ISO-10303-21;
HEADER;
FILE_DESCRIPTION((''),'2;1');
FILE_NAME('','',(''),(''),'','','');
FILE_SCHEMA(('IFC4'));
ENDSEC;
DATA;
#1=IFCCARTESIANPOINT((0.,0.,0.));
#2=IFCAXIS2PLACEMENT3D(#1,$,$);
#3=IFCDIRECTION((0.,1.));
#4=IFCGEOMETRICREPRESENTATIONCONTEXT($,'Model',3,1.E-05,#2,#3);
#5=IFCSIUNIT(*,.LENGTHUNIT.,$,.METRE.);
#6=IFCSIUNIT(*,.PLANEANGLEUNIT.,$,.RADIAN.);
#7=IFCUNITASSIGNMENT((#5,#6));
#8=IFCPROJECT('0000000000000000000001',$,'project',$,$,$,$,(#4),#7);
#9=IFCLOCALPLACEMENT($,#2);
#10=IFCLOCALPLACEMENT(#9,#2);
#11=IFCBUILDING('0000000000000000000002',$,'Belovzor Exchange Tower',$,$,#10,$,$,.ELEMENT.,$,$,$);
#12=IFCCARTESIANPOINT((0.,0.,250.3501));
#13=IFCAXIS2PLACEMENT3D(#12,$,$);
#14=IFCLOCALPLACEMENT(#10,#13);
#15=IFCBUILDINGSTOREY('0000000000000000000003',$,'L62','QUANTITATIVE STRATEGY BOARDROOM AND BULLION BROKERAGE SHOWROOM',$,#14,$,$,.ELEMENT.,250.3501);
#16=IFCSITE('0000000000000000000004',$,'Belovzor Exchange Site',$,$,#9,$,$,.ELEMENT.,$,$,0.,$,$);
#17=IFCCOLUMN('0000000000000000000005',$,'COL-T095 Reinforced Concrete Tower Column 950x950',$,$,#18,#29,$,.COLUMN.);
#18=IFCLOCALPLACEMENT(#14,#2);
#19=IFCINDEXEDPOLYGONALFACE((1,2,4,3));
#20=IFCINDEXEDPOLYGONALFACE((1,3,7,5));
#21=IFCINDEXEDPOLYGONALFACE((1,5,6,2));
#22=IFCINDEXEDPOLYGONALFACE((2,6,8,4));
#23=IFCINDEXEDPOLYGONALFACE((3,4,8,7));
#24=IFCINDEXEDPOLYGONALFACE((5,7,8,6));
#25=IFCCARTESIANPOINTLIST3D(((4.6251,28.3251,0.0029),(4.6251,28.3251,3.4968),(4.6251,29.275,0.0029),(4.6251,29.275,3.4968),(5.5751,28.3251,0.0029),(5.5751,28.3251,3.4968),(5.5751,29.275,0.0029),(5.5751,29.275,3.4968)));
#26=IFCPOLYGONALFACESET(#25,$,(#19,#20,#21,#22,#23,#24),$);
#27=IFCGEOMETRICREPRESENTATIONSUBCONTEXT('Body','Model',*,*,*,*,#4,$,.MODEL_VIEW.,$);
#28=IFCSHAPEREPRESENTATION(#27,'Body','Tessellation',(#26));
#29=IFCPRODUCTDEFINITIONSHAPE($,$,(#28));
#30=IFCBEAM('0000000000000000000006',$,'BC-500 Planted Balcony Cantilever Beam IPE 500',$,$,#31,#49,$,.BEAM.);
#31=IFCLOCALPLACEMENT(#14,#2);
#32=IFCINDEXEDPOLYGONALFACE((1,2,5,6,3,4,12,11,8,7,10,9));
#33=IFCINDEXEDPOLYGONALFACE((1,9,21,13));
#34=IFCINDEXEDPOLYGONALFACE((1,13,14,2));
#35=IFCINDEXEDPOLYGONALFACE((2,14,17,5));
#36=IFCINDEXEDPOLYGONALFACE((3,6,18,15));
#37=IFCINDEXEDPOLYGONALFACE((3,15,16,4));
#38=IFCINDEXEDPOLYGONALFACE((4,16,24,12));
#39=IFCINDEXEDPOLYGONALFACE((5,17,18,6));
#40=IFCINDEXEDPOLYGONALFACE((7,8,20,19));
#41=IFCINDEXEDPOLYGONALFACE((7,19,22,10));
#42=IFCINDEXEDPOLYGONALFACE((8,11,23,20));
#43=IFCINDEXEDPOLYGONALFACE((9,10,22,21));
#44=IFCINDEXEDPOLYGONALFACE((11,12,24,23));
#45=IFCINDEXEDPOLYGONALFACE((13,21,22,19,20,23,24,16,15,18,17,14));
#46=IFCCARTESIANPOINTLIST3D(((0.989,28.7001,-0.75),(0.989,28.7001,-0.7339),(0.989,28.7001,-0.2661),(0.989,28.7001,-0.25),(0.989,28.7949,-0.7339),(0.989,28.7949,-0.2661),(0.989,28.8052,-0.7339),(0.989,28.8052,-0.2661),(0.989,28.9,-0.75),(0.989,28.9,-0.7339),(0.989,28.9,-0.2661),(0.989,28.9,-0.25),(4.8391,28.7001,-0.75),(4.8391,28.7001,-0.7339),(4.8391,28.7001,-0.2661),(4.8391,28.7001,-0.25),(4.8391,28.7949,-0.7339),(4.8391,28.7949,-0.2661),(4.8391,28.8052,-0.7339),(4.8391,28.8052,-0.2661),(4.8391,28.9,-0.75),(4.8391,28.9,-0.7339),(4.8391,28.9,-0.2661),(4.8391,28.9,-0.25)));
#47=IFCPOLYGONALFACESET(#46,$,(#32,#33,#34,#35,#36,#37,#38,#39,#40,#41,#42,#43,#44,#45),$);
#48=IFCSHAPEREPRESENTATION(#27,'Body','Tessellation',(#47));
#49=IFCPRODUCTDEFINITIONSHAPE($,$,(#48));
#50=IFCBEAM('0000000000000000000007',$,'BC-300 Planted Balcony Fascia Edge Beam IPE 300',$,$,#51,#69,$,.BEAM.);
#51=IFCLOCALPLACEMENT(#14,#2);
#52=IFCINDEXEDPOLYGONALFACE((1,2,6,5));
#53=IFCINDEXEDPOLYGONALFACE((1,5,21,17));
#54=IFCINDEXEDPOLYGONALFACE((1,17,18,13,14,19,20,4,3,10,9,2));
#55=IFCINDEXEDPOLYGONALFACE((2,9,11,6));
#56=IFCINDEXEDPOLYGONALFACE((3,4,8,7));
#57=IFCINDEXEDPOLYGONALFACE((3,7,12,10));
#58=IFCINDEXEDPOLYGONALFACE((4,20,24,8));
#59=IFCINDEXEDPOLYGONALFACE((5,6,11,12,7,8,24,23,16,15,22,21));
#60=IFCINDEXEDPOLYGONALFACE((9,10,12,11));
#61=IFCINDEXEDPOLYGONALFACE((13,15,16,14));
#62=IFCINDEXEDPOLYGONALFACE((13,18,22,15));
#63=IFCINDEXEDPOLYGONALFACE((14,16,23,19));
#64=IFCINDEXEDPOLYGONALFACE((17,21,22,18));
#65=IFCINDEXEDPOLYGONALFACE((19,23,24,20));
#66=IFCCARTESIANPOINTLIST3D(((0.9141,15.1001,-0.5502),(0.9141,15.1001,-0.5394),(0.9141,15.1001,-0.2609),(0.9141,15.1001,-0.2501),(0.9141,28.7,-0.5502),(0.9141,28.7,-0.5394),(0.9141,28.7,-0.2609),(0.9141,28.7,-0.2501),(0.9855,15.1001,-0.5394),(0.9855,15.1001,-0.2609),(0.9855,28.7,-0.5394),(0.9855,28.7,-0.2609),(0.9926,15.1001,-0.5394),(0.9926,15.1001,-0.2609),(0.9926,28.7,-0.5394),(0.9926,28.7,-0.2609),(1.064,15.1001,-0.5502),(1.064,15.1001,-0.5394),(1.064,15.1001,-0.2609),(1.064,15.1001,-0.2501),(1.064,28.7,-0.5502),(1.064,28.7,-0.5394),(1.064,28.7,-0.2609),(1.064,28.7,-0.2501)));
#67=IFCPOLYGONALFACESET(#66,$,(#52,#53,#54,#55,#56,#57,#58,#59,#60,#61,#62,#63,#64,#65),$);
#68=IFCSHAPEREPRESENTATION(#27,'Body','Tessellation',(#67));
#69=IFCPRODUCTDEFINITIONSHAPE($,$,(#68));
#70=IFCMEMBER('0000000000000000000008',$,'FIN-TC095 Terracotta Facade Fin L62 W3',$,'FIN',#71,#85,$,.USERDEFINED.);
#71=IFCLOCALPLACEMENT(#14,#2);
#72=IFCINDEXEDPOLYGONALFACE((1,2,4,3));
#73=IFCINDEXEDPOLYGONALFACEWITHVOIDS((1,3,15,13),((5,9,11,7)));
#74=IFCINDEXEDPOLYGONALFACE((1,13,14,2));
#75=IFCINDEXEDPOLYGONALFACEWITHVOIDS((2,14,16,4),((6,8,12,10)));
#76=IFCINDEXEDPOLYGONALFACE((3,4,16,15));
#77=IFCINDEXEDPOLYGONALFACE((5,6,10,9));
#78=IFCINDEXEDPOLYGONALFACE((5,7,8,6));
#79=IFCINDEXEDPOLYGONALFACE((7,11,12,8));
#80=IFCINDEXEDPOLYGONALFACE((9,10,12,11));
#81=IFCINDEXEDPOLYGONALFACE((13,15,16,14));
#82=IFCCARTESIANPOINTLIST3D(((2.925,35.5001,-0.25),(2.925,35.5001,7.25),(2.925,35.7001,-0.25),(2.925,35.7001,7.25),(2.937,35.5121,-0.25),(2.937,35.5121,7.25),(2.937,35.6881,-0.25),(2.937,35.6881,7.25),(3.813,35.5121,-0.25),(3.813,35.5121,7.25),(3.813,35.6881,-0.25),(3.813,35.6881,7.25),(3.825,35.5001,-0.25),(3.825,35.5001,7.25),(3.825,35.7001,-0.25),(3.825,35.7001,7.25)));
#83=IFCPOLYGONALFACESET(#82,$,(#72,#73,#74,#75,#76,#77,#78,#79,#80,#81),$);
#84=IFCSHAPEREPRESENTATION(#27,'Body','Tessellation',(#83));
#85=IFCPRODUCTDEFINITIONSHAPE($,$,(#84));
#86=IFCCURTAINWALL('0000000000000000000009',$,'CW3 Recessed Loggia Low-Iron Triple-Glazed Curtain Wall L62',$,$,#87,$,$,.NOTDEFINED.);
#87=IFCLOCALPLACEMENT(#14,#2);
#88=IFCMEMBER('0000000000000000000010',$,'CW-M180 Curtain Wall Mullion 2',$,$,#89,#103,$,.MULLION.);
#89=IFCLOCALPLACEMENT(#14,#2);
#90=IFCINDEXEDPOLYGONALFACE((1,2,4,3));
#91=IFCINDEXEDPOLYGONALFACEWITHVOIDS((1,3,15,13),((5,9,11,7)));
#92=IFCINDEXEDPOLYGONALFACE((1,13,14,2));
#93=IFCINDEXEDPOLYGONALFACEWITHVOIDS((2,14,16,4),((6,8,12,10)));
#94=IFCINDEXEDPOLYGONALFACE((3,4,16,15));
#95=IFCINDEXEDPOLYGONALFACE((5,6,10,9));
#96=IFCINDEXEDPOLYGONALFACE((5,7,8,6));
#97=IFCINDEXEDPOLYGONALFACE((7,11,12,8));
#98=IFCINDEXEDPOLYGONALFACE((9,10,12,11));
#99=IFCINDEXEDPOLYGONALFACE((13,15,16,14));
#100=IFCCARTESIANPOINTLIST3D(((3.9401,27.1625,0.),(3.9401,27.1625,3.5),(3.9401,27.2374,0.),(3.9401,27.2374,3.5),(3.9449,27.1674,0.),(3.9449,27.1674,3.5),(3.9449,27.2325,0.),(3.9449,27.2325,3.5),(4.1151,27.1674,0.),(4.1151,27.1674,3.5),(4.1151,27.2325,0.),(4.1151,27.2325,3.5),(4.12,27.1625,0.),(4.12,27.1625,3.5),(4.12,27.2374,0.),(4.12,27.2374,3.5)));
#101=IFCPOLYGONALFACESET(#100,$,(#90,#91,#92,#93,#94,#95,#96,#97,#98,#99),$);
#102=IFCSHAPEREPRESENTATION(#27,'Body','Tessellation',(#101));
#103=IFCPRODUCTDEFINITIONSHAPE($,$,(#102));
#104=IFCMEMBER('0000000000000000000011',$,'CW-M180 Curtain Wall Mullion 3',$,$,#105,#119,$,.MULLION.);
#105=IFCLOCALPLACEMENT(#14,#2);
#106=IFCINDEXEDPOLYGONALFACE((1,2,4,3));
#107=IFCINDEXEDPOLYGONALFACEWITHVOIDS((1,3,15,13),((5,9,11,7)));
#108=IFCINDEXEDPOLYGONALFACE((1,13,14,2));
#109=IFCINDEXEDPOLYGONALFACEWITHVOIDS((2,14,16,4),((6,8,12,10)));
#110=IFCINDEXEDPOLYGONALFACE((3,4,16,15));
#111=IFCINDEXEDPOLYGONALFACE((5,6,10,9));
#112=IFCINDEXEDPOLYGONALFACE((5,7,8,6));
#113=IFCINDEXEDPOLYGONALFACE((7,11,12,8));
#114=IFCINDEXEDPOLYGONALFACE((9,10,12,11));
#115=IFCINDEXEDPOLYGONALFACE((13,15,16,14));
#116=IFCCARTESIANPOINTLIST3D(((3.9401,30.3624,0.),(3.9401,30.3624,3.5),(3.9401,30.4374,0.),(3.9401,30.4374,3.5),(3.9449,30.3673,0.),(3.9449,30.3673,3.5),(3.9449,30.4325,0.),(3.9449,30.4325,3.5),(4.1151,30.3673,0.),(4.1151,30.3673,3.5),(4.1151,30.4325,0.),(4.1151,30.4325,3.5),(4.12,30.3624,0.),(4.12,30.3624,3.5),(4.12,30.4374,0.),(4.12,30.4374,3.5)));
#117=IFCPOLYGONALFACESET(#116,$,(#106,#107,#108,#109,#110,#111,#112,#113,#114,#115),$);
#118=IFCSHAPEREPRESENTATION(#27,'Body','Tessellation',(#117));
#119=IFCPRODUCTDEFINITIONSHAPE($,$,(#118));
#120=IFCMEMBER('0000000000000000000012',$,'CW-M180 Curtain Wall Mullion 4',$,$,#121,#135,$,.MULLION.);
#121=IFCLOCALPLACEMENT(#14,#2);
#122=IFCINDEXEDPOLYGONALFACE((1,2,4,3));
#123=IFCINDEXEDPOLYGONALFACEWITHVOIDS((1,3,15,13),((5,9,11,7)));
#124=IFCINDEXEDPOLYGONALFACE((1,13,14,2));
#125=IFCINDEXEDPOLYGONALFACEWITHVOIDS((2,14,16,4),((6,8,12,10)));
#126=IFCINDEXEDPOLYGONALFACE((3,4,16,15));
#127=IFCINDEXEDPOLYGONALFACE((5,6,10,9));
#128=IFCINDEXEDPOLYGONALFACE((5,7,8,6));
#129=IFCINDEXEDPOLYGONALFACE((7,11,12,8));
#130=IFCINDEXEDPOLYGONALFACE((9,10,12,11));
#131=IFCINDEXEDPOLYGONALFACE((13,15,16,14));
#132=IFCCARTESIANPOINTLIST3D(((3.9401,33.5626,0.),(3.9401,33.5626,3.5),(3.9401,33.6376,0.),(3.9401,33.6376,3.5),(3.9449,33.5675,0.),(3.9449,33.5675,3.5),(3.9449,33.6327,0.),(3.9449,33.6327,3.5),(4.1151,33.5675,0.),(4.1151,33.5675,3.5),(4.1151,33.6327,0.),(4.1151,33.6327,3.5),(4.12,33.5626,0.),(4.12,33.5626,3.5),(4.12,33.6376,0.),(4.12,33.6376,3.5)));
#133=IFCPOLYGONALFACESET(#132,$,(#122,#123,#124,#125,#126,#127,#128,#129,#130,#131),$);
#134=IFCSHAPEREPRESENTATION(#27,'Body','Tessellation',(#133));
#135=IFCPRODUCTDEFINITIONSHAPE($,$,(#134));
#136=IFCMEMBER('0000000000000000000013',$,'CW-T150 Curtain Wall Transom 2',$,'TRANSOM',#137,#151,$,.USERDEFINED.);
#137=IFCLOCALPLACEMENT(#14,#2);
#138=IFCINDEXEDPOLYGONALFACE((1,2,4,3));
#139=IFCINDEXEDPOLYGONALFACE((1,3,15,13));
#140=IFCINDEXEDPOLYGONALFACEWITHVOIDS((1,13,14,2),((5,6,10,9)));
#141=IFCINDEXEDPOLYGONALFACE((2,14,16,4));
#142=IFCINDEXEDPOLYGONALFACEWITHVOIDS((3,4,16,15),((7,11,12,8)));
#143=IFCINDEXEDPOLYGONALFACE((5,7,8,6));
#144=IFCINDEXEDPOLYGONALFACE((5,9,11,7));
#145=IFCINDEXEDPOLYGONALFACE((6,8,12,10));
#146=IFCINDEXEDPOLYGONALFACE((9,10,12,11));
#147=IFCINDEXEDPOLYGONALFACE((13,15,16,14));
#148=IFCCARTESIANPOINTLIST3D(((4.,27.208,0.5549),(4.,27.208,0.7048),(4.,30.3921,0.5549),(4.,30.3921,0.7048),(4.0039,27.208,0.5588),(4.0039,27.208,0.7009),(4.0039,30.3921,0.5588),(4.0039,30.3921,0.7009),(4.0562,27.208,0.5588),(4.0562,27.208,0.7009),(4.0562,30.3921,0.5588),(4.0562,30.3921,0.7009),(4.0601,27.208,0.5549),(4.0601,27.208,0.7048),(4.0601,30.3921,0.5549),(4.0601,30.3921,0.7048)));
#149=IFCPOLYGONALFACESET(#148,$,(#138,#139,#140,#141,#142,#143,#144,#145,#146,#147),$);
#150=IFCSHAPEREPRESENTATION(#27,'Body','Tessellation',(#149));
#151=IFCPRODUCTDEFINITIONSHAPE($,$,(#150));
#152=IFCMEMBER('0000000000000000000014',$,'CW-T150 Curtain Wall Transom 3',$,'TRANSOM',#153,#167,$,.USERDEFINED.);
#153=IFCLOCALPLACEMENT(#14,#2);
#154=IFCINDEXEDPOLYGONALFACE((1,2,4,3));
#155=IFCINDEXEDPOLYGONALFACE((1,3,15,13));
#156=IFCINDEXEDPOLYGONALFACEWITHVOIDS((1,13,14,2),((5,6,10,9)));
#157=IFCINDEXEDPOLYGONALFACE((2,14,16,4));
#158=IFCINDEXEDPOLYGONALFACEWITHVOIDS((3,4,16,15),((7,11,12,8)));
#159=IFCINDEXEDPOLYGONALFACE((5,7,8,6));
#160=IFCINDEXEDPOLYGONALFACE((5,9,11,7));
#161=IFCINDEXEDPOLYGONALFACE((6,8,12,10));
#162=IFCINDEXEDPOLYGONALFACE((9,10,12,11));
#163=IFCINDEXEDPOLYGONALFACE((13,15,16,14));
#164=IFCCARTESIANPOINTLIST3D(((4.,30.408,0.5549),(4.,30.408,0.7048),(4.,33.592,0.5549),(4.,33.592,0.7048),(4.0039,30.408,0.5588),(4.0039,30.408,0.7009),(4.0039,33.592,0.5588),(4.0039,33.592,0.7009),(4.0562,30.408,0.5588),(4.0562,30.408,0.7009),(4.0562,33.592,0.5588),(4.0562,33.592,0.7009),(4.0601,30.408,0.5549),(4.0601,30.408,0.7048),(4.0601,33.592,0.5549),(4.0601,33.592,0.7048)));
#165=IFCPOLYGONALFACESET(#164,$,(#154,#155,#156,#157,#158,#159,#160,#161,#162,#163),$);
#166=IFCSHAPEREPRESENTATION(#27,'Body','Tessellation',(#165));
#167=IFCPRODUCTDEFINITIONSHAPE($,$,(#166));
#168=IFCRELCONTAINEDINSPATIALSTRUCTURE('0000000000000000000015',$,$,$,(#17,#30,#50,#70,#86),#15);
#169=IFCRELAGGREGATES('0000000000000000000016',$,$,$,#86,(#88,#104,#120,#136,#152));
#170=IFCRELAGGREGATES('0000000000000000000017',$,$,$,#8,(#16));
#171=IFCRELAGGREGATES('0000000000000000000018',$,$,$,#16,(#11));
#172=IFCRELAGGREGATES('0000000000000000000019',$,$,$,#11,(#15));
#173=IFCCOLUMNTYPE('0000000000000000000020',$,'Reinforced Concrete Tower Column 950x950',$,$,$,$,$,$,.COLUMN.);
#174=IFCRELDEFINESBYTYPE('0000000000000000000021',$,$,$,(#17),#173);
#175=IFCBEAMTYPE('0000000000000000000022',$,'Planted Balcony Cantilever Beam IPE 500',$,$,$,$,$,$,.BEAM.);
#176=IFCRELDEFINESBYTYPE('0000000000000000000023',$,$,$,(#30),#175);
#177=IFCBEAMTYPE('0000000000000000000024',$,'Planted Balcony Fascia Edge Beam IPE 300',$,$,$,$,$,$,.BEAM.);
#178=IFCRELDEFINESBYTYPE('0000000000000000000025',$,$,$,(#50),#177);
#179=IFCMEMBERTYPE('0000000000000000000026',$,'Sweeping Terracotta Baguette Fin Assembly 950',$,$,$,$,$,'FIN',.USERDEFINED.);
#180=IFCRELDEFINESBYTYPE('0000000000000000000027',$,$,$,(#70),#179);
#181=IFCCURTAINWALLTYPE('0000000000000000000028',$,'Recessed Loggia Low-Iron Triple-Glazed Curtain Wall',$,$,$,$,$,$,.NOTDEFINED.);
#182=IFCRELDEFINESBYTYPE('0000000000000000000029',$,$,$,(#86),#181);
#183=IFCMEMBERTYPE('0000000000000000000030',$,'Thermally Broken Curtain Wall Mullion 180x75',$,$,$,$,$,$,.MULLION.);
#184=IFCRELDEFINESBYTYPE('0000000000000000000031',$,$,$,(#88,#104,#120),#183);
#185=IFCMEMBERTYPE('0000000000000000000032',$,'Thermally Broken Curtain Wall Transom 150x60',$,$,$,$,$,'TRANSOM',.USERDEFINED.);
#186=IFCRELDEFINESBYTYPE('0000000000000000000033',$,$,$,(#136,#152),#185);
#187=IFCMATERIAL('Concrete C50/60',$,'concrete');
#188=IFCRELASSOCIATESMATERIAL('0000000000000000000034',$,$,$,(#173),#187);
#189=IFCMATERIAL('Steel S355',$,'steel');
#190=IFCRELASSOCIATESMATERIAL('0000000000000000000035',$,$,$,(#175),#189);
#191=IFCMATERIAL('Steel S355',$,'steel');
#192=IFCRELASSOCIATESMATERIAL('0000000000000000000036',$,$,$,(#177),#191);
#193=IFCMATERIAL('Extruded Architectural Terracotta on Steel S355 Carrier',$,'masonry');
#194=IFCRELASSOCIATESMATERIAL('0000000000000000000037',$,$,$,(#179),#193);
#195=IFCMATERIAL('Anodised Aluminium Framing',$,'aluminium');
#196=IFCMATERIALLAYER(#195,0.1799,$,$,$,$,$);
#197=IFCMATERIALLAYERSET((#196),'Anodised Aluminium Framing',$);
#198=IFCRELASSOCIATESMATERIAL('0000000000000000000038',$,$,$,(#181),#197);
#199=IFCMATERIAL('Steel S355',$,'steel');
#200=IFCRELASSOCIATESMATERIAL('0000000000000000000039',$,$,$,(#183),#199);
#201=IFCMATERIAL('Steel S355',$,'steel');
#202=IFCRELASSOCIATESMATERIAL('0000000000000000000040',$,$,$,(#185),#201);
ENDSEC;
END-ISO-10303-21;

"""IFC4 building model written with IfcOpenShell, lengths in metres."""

from ifc_helpers import new_model, si_unit, direction, frame, origin, origin_2d, place, context, subcontext, project, spatial, rectangle, hollow_rectangle, i_section, extrude, material, layer, layer_set, material_profile, profile_set, type_object, element, aggregate, save


model = new_model("IFC4")

# Units and contexts
model_context = context("Model", 3, precision=1e-05, world=origin(), true_north=direction((0.0, 1.0)))
body_context = subcontext(model_context, "Body", "Model", "MODEL_VIEW")
ifc_project = project(units=[si_unit("LENGTHUNIT", "METRE"), si_unit("PLANEANGLEUNIT", "RADIAN")], contexts=[model_context])

# Site, building, storey
site_placement = place(None, origin())
site = spatial("IfcSite", under=ifc_project, at=site_placement, Name="Belovzor Exchange Site", CompositionType="ELEMENT", RefElevation=0.0)
building_placement = place(site_placement, origin())
building = spatial("IfcBuilding", under=site, at=building_placement, Name="Belovzor Exchange Tower", CompositionType="ELEMENT")
storey_placement = place(building_placement, frame((0.0, 0.0, 250.3501)))
storey = spatial("IfcBuildingStorey", under=building, at=storey_placement, Name="L62", Description="QUANTITATIVE STRATEGY BOARDROOM AND BULLION BROKERAGE SHOWROOM", CompositionType="ELEMENT", Elevation=250.3501)

# Column
ifc_material_1 = material(Name="Concrete C50/60", Category="concrete")
ifc_material_profile_1 = material_profile(ifc_material_1, rectangle(XDim=0.95, YDim=0.95, at=origin_2d()))
ifc_profile_set_1 = profile_set([ifc_material_profile_1], Name="Concrete C50/60")
column_type = type_object("IfcColumnType", Name="Reinforced Concrete Tower Column 950x950", PredefinedType="COLUMN", material=ifc_profile_set_1)
column_placement = place(storey_placement, frame((5.1001, 28.8, 0.0029), z_axis=(0.0, 0.0, 1.0), x_axis=(1.0, 0.0, 0.0)))
element("IfcColumn", 1, at=column_placement, inside=storey, type_object=column_type, Name="COL-T095 Reinforced Concrete Tower Column 950x950", PredefinedType="COLUMN", context=body_context, shape_type="SweptSolid", body=[
    extrude(rectangle(XDim=0.95, YDim=0.95, at=origin_2d()), origin(), (0.0, 0.0, 1.0), 3.4939),
])

# Beams
ifc_material_2 = material(Name="Steel S355", Category="steel")
ifc_material_profile_2 = material_profile(ifc_material_2, i_section(OverallWidth=0.2, OverallDepth=0.5, WebThickness=0.0103, FlangeThickness=0.0161, at=origin_2d()))
ifc_profile_set_2 = profile_set([ifc_material_profile_2], Name="Steel S355")
beam_type_1 = type_object("IfcBeamType", Name="Planted Balcony Cantilever Beam IPE 500", PredefinedType="BEAM", material=ifc_profile_set_2)
beam_1_placement = place(storey_placement, frame((4.8391, 28.8, -0.5), z_axis=(-1.0, 0.0, 0.0), x_axis=(0.0, -1.0, 0.0)))
element("IfcBeam", 2, at=beam_1_placement, inside=storey, type_object=beam_type_1, Name="BC-500 Planted Balcony Cantilever Beam IPE 500", PredefinedType="BEAM", context=body_context, shape_type="SweptSolid", body=[
    extrude(i_section(OverallWidth=0.2, OverallDepth=0.5, WebThickness=0.0103, FlangeThickness=0.0161, at=origin_2d()), origin(), (0.0, 0.0, 1.0), 3.8501),
])
ifc_material_3 = material(Name="Steel S355", Category="steel")
ifc_material_profile_3 = material_profile(ifc_material_3, i_section(OverallWidth=0.1499, OverallDepth=0.3, WebThickness=0.0071, FlangeThickness=0.0107, at=origin_2d()))
ifc_profile_set_3 = profile_set([ifc_material_profile_3], Name="Steel S355")
beam_type_2 = type_object("IfcBeamType", Name="Planted Balcony Fascia Edge Beam IPE 300", PredefinedType="BEAM", material=ifc_profile_set_3)
beam_2_placement = place(storey_placement, frame((0.989, 28.7, -0.4001), z_axis=(0.0, -1.0, 0.0), x_axis=(1.0, 0.0, 0.0)))
element("IfcBeam", 3, at=beam_2_placement, inside=storey, type_object=beam_type_2, Name="BC-300 Planted Balcony Fascia Edge Beam IPE 300", PredefinedType="BEAM", context=body_context, shape_type="SweptSolid", body=[
    extrude(i_section(OverallWidth=0.1499, OverallDepth=0.3, WebThickness=0.0071, FlangeThickness=0.0107, at=origin_2d()), origin(), (0.0, 0.0, 1.0), 13.5999),
])

# Member
ifc_material_4 = material(Name="Extruded Architectural Terracotta on Steel S355 Carrier", Category="masonry")
ifc_material_profile_4 = material_profile(ifc_material_4, hollow_rectangle(XDim=0.2, YDim=0.8999, WallThickness=0.012, at=origin_2d()))
ifc_profile_set_4 = profile_set([ifc_material_profile_4], Name="Extruded Architectural Terracotta on Steel S355 Carrier")
member_type_1 = type_object("IfcMemberType", Name="Sweeping Terracotta Baguette Fin Assembly 950", ElementType="FIN", PredefinedType="USERDEFINED", material=ifc_profile_set_4)
member_1_placement = place(storey_placement, frame((3.375, 35.6001, -0.25), z_axis=(0.0, 0.0, 1.0), x_axis=(0.0, 1.0, 0.0)))
element("IfcMember", 4, at=member_1_placement, inside=storey, type_object=member_type_1, Name="FIN-TC095 Terracotta Facade Fin L62 W3", ObjectType="FIN", PredefinedType="USERDEFINED", context=body_context, shape_type="SweptSolid", body=[
    extrude(hollow_rectangle(XDim=0.2, YDim=0.8999, WallThickness=0.012, at=origin_2d()), origin(), (0.0, 0.0, 1.0), 7.5),
])

# Curtain wall, members
ifc_material_5 = material(Name="Anodised Aluminium Framing", Category="aluminium")
ifc_layer_1 = layer(ifc_material_5, 0.1799)
ifc_layer_set_1 = layer_set([ifc_layer_1], Name="Anodised Aluminium Framing")
curtain_wall_type = type_object("IfcCurtainWallType", Name="Recessed Loggia Low-Iron Triple-Glazed Curtain Wall", PredefinedType="NOTDEFINED", material=ifc_layer_set_1)
curtain_wall_placement = place(storey_placement, origin())
curtain_wall = element("IfcCurtainWall", 5, at=curtain_wall_placement, inside=storey, type_object=curtain_wall_type, Name="CW3 Recessed Loggia Low-Iron Triple-Glazed Curtain Wall L62", PredefinedType="NOTDEFINED")
ifc_material_6 = material(Name="Steel S355", Category="steel")
ifc_material_profile_5 = material_profile(ifc_material_6, hollow_rectangle(XDim=0.075, YDim=0.1799, WallThickness=0.0049, at=origin_2d()))
ifc_profile_set_5 = profile_set([ifc_material_profile_5], Name="Steel S355")
member_type_2 = type_object("IfcMemberType", Name="Thermally Broken Curtain Wall Mullion 180x75", PredefinedType="MULLION", material=ifc_profile_set_5)
member_2_placement = place(storey_placement, frame((4.03, 27.2, 0.0), z_axis=(0.0, 0.0, 1.0), x_axis=(0.0, 1.0, 0.0)))
member_2 = element("IfcMember", 6, at=member_2_placement, type_object=member_type_2, Name="CW-M180 Curtain Wall Mullion 2", PredefinedType="MULLION", context=body_context, shape_type="SweptSolid", body=[
    extrude(hollow_rectangle(XDim=0.075, YDim=0.1799, WallThickness=0.0049, at=origin_2d()), origin(), (0.0, 0.0, 1.0), 3.5),
])
member_3_placement = place(storey_placement, frame((4.03, 30.3999, 0.0), z_axis=(0.0, 0.0, 1.0), x_axis=(0.0, 1.0, 0.0)))
member_3 = element("IfcMember", 7, at=member_3_placement, type_object=member_type_2, Name="CW-M180 Curtain Wall Mullion 3", PredefinedType="MULLION", context=body_context, shape_type="SweptSolid", body=[
    extrude(hollow_rectangle(XDim=0.075, YDim=0.1799, WallThickness=0.0049, at=origin_2d()), origin(), (0.0, 0.0, 1.0), 3.5),
])
member_4_placement = place(storey_placement, frame((4.03, 33.6001, 0.0), z_axis=(0.0, 0.0, 1.0), x_axis=(0.0, 1.0, 0.0)))
member_4 = element("IfcMember", 8, at=member_4_placement, type_object=member_type_2, Name="CW-M180 Curtain Wall Mullion 4", PredefinedType="MULLION", context=body_context, shape_type="SweptSolid", body=[
    extrude(hollow_rectangle(XDim=0.075, YDim=0.1799, WallThickness=0.0049, at=origin_2d()), origin(), (0.0, 0.0, 1.0), 3.5),
])
ifc_material_7 = material(Name="Steel S355", Category="steel")
ifc_material_profile_6 = material_profile(ifc_material_7, hollow_rectangle(XDim=0.0601, YDim=0.1499, WallThickness=0.0039, at=origin_2d()))
ifc_profile_set_6 = profile_set([ifc_material_profile_6], Name="Steel S355")
member_type_3 = type_object("IfcMemberType", Name="Thermally Broken Curtain Wall Transom 150x60", ElementType="TRANSOM", PredefinedType="USERDEFINED", material=ifc_profile_set_6)
member_5_placement = place(storey_placement, frame((4.03, 27.208, 0.6299), z_axis=(0.0, 1.0, 0.0), x_axis=(-1.0, 0.0, 0.0)))
member_5 = element("IfcMember", 9, at=member_5_placement, type_object=member_type_3, Name="CW-T150 Curtain Wall Transom 2", ObjectType="TRANSOM", PredefinedType="USERDEFINED", context=body_context, shape_type="SweptSolid", body=[
    extrude(hollow_rectangle(XDim=0.0601, YDim=0.1499, WallThickness=0.0039, at=origin_2d()), origin(), (0.0, 0.0, 1.0), 3.1841),
])
member_6_placement = place(storey_placement, frame((4.03, 30.408, 0.6299), z_axis=(0.0, 1.0, 0.0), x_axis=(-1.0, 0.0, 0.0)))
member_6 = element("IfcMember", 10, at=member_6_placement, type_object=member_type_3, Name="CW-T150 Curtain Wall Transom 3", ObjectType="TRANSOM", PredefinedType="USERDEFINED", context=body_context, shape_type="SweptSolid", body=[
    extrude(hollow_rectangle(XDim=0.0601, YDim=0.1499, WallThickness=0.0039, at=origin_2d()), origin(), (0.0, 0.0, 1.0), 3.1841),
])

aggregate(curtain_wall, [member_2, member_3, member_4, member_5, member_6])

save(model, "model.ifc")
